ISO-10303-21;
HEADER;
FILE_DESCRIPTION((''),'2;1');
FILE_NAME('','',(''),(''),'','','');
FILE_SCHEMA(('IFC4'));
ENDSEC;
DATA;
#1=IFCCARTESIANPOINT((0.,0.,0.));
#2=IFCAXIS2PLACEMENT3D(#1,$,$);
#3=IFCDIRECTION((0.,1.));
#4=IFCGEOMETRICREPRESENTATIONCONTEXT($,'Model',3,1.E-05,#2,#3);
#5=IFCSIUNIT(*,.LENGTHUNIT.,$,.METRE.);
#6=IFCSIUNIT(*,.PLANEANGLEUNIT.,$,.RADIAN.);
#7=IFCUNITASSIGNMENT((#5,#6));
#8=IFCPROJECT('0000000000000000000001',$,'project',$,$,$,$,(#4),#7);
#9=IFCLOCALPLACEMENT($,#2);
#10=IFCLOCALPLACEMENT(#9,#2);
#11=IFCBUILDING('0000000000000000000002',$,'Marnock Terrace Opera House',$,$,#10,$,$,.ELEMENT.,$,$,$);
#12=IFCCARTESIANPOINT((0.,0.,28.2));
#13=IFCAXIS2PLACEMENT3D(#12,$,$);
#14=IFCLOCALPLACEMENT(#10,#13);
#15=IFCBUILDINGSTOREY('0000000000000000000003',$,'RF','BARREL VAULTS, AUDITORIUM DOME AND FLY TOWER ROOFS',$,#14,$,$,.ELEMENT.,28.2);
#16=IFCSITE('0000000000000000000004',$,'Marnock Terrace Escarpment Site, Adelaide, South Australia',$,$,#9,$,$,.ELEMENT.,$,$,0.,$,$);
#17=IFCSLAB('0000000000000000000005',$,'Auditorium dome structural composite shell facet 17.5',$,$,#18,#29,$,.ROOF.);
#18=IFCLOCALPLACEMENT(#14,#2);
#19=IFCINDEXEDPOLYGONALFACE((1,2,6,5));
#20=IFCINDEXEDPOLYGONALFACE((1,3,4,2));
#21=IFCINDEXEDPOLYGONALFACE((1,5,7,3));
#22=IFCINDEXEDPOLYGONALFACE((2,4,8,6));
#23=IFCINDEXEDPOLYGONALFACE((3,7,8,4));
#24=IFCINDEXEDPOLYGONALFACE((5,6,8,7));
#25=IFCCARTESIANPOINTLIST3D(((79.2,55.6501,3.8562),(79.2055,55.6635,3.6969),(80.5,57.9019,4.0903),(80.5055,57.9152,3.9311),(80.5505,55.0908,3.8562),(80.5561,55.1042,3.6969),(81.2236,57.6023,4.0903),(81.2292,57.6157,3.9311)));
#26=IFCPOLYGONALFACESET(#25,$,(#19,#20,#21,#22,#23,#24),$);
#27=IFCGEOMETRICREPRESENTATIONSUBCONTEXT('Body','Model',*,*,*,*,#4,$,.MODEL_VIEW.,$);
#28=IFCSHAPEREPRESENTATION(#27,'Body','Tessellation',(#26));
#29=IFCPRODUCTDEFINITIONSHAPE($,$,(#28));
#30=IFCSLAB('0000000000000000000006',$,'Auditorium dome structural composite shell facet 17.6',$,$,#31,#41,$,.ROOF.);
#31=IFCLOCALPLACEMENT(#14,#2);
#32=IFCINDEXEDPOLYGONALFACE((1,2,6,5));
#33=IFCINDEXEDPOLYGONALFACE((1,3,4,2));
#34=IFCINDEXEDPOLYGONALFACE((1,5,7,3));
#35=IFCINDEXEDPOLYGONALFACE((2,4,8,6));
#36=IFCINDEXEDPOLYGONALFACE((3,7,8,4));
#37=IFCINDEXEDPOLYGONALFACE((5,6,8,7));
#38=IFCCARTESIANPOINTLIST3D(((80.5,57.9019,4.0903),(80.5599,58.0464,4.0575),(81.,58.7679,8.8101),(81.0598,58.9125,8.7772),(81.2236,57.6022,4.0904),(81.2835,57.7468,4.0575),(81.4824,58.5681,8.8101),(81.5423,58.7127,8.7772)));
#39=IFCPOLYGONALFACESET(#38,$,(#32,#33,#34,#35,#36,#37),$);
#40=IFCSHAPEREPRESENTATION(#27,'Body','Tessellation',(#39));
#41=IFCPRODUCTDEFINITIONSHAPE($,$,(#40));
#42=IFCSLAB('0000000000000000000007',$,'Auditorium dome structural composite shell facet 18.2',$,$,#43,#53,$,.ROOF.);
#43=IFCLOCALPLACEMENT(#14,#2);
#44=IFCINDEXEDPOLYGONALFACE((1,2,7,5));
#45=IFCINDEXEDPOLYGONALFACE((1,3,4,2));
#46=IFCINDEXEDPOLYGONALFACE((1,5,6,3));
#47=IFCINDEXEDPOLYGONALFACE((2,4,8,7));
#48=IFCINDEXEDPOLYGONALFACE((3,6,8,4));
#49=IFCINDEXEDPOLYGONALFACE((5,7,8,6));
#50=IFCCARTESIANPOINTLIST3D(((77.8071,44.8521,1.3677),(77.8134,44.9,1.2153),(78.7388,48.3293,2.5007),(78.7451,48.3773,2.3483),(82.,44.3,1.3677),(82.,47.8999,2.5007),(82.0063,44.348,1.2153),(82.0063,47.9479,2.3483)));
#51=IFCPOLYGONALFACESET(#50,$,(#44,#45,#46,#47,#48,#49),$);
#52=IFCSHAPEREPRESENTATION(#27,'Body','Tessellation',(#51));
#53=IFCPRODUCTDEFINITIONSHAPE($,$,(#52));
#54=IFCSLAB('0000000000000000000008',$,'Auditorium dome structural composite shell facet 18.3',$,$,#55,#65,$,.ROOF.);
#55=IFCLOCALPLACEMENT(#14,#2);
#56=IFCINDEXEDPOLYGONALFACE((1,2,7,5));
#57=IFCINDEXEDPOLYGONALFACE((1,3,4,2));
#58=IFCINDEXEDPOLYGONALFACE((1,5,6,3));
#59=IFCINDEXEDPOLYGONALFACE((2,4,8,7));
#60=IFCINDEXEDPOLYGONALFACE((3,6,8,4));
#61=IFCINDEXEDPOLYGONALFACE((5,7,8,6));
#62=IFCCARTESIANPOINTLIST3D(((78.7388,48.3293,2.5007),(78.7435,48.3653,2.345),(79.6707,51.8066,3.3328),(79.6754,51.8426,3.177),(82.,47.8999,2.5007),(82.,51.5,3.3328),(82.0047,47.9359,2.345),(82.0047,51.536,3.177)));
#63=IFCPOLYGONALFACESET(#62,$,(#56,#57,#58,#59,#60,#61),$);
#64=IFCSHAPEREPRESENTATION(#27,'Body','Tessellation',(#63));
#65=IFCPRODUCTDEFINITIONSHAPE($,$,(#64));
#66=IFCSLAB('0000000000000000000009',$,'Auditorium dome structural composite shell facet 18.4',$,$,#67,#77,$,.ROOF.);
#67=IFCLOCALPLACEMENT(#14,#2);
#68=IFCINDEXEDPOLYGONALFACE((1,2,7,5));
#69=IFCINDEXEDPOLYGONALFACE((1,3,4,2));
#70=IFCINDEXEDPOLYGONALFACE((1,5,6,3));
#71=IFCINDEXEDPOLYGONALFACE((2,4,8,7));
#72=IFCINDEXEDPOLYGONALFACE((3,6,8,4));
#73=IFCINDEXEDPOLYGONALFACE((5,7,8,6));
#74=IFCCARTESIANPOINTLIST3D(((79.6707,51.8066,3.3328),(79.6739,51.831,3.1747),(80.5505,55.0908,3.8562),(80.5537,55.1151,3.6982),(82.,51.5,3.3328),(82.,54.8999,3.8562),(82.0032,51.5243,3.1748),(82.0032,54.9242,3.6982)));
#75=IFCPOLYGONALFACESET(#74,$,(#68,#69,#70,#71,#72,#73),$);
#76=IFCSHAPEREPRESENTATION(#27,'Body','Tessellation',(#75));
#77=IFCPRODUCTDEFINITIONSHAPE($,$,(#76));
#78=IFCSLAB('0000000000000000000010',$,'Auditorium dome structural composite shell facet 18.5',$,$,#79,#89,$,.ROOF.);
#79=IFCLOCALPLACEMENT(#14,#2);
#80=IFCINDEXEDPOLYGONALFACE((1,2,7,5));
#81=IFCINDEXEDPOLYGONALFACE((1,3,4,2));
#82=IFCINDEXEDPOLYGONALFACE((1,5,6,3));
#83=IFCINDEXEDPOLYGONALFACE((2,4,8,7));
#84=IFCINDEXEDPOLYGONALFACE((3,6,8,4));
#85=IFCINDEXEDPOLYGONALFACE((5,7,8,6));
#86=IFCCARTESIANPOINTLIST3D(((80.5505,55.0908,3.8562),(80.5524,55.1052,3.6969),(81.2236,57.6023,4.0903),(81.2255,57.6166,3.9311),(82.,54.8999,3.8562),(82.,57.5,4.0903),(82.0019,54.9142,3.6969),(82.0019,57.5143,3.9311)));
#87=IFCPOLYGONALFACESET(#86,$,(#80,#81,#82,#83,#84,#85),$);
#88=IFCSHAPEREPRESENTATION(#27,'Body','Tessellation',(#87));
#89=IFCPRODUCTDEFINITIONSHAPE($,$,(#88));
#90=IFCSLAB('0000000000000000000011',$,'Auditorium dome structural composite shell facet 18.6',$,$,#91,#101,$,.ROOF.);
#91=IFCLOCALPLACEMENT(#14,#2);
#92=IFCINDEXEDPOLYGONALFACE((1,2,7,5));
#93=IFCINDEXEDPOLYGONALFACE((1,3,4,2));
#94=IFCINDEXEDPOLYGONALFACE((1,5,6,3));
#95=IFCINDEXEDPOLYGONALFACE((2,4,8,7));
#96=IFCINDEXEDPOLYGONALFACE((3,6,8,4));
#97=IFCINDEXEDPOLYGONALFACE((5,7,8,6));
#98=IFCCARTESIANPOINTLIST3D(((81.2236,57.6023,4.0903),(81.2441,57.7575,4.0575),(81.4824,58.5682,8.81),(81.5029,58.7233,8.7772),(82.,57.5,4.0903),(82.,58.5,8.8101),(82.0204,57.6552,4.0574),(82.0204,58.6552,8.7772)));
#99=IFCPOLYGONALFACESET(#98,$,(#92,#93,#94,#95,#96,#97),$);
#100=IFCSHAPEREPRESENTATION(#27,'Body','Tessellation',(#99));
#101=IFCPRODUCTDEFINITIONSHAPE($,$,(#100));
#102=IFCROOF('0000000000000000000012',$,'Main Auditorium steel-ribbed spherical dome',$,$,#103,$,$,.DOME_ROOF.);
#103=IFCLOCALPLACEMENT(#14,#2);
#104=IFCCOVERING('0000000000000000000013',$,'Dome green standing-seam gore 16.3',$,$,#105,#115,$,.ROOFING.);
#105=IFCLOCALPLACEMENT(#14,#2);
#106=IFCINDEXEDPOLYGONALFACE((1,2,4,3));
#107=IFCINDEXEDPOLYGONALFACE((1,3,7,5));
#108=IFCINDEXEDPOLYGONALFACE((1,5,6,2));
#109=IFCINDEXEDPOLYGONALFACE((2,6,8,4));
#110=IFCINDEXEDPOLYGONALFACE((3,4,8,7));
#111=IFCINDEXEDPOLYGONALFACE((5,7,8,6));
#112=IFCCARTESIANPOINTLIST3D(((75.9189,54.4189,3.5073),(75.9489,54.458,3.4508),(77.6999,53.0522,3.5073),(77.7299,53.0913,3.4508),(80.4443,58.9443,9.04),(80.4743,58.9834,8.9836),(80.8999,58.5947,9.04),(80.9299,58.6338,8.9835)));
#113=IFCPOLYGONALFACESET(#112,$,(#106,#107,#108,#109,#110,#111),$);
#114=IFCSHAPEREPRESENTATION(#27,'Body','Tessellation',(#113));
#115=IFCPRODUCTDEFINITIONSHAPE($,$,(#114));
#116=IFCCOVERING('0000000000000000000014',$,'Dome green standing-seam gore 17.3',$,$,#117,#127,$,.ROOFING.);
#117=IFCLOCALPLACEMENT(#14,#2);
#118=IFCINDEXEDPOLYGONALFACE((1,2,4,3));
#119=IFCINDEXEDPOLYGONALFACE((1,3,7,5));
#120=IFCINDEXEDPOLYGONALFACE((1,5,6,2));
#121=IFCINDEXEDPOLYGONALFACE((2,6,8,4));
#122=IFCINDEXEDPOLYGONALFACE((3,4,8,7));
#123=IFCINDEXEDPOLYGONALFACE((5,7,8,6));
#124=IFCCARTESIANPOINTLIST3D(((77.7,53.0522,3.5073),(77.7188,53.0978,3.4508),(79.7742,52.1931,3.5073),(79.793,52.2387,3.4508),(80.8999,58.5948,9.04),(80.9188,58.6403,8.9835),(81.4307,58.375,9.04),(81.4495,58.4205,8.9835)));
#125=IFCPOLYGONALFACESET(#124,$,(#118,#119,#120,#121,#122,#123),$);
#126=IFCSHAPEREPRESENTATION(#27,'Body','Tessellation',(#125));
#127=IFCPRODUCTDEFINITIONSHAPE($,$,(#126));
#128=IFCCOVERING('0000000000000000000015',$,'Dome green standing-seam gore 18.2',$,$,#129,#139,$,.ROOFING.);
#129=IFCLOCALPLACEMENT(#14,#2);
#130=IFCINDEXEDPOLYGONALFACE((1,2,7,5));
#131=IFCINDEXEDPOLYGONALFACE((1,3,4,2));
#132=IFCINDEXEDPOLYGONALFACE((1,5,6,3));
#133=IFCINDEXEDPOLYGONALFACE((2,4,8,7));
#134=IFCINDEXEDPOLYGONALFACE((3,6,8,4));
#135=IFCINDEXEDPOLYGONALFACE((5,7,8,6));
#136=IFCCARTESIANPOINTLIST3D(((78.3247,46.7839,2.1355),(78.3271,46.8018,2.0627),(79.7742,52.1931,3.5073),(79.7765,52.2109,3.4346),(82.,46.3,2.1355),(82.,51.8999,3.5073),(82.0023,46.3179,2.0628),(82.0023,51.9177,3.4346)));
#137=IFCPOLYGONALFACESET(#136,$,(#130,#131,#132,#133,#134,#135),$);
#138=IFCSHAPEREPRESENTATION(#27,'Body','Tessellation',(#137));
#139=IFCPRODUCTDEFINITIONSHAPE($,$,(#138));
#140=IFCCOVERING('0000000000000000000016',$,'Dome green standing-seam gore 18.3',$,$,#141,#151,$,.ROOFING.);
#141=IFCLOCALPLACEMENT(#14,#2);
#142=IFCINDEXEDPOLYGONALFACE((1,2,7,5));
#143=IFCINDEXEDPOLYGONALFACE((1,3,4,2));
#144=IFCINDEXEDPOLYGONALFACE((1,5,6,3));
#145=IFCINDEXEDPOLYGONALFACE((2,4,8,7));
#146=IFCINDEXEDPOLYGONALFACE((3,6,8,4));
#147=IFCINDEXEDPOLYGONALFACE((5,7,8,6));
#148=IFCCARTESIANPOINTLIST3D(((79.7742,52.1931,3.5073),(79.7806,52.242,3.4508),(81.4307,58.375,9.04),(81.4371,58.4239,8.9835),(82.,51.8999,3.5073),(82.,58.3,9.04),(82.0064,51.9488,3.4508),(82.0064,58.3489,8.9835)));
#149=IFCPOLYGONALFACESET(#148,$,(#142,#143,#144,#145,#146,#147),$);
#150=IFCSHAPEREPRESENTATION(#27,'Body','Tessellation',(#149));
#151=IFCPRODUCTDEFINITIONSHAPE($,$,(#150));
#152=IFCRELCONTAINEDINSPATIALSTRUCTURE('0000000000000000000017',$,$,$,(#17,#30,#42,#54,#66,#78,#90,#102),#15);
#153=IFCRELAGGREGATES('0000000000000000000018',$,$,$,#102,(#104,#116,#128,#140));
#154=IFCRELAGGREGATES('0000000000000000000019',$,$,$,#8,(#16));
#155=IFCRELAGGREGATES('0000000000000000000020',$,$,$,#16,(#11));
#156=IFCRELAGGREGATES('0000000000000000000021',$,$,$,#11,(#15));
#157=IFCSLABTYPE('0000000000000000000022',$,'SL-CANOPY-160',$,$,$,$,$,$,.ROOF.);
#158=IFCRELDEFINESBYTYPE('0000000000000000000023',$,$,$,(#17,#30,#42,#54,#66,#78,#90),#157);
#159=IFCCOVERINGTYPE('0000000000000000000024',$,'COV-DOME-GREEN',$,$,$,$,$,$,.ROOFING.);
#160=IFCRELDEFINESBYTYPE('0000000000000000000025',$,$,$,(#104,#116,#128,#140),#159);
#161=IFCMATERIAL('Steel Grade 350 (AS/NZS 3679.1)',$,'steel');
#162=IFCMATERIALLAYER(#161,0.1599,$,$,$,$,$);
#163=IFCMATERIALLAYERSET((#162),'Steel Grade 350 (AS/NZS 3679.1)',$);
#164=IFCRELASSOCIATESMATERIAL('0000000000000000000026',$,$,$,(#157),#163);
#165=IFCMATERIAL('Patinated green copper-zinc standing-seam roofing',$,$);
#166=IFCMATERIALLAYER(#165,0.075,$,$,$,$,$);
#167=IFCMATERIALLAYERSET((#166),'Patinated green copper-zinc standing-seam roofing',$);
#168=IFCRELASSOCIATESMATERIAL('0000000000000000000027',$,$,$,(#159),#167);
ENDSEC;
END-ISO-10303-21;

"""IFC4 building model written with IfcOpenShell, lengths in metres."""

from ifc_helpers import new_model, si_unit, direction, frame, origin, place, context, subcontext, project, spatial, polyline, outline, extrude, material, layer, layer_set, type_object, element, aggregate, save


model = new_model("IFC4")

# Units and contexts
model_context = context("Model", 3, precision=1e-05, world=origin(), true_north=direction((0.0, 1.0)))
body_context = subcontext(model_context, "Body", "Model", "MODEL_VIEW")
ifc_project = project(units=[si_unit("LENGTHUNIT", "METRE"), si_unit("PLANEANGLEUNIT", "RADIAN")], contexts=[model_context])

# Site, building, storey
site_placement = place(None, origin())
site = spatial("IfcSite", under=ifc_project, at=site_placement, Name="Marnock Terrace Escarpment Site, Adelaide, South Australia", CompositionType="ELEMENT", RefElevation=0.0)
building_placement = place(site_placement, origin())
building = spatial("IfcBuilding", under=site, at=building_placement, Name="Marnock Terrace Opera House", CompositionType="ELEMENT")
storey_placement = place(building_placement, frame((0.0, 0.0, 28.2)))
storey = spatial("IfcBuildingStorey", under=building, at=storey_placement, Name="RF", Description="BARREL VAULTS, AUDITORIUM DOME AND FLY TOWER ROOFS", CompositionType="ELEMENT", Elevation=28.2)

# Slabs
ifc_material_1 = material(Name="Steel Grade 350 (AS/NZS 3679.1)", Category="steel")
ifc_layer_1 = layer(ifc_material_1, 0.1599)
ifc_layer_set_1 = layer_set([ifc_layer_1], Name="Steel Grade 350 (AS/NZS 3679.1)")
slab_type = type_object("IfcSlabType", Name="SL-CANOPY-160", PredefinedType="ROOF", material=ifc_layer_set_1)
slab_1_placement = place(storey_placement, frame((79.2, 55.6501, 3.8562), z_axis=(-0.034605, -0.083571, 0.995901), x_axis=(0.923905, -0.382622, -0.000005)))
element("IfcSlab", 1, at=slab_1_placement, inside=storey, type_object=slab_type, Name="Auditorium dome structural composite shell facet 17.5", PredefinedType="ROOF", context=body_context, shape_type="SweptSolid", body=[
    extrude(outline(polyline([(0.0, 0.0), (1.4618, 0.0), (1.1228, 2.5885), (0.3396, 2.5884), (0.0, 0.0)])), origin(), (0.0, 0.0, -1.0), 0.1599),
])
slab_2_placement = place(storey_placement, frame((80.5, 57.9019, 4.0903), z_axis=(-0.374476, -0.904159, 0.205583), x_axis=(0.923897, -0.382642, 0.000035)))
element("IfcSlab", 2, at=slab_2_placement, inside=storey, type_object=slab_type, Name="Auditorium dome structural composite shell facet 17.6", PredefinedType="ROOF", context=body_context, shape_type="SweptSolid", body=[
    extrude(outline(polyline([(0.0, 0.0), (0.7832, 0.0), (0.6529, 4.8227), (0.1307, 4.8228), (0.0, 0.0)])), origin(), (0.0, 0.0, -1.0), 0.1599),
])
slab_3_placement = place(storey_placement, frame((77.8071, 44.8521, 1.3677), z_axis=(-0.039498, -0.299992, 0.953124), x_axis=(0.991445, -0.130527, 0.000004)))
element("IfcSlab", 3, at=slab_3_placement, inside=storey, type_object=slab_type, Name="Auditorium dome structural composite shell facet 18.2", PredefinedType="ROOF", context=body_context, shape_type="SweptSolid", body=[
    extrude(outline(polyline([(0.0, 0.0), (4.2291, 0.0), (3.7592, 3.7446), (0.4698, 3.7447), (0.0, 0.0)])), origin(), (0.0, 0.0, -1.0), 0.1599),
])
slab_4_placement = place(storey_placement, frame((78.7388, 48.3293, 2.5007), z_axis=(-0.029635, -0.225082, 0.973889), x_axis=(0.991441, -0.130554, -0.000004)))
element("IfcSlab", 4, at=slab_4_placement, inside=storey, type_object=slab_type, Name="Auditorium dome structural composite shell facet 18.3", PredefinedType="ROOF", context=body_context, shape_type="SweptSolid", body=[
    extrude(outline(polyline([(0.0, 0.0), (3.2894, 0.0), (2.8194, 3.665), (0.4699, 3.6649), (0.0, 0.0)])), origin(), (0.0, 0.0, -1.0), 0.1599),
])
slab_5_placement = place(storey_placement, frame((79.6707, 51.8066, 3.3328), z_axis=(-0.020031, -0.15213, 0.988157), x_axis=(0.991446, -0.130517, 0.000004)))
element("IfcSlab", 5, at=slab_5_placement, inside=storey, type_object=slab_type, Name="Auditorium dome structural composite shell facet 18.4", PredefinedType="ROOF", context=body_context, shape_type="SweptSolid", body=[
    extrude(outline(polyline([(0.0, 0.0), (2.3494, 0.0), (1.9057, 3.4112), (0.4437, 3.4113), (0.0, 0.0)])), origin(), (0.0, 0.0, -1.0), 0.1599),
])
slab_6_placement = place(storey_placement, frame((80.5505, 55.0908, 3.8562), z_axis=(-0.011813, -0.089677, 0.995901), x_axis=(0.991437, -0.130589, 0.000001)))
element("IfcSlab", 6, at=slab_6_placement, inside=storey, type_object=slab_type, Name="Auditorium dome structural composite shell facet 18.5", PredefinedType="ROOF", context=body_context, shape_type="SweptSolid", body=[
    extrude(outline(polyline([(0.0, 0.0), (1.462, 0.0), (1.1224, 2.5884), (0.3394, 2.5885), (0.0, 0.0)])), origin(), (0.0, 0.0, -1.0), 0.1599),
])
slab_7_placement = place(storey_placement, frame((81.2236, 57.6023, 4.0903), z_axis=(-0.127782, -0.970265, 0.205566), x_axis=(0.991439, -0.130573, -0.000012)))
element("IfcSlab", 7, at=slab_7_placement, inside=storey, type_object=slab_type, Name="Auditorium dome structural composite shell facet 18.6", PredefinedType="ROOF", context=body_context, shape_type="SweptSolid", body=[
    extrude(outline(polyline([(0.0, 0.0), (0.7831, 0.0), (0.6524, 4.8227), (0.1304, 4.8227), (0.0, 0.0)])), origin(), (0.0, 0.0, -1.0), 0.1599),
])

# Roof, coverings
roof_placement = place(storey_placement, origin())
roof = element("IfcRoof", 8, at=roof_placement, inside=storey, Name="Main Auditorium steel-ribbed spherical dome", PredefinedType="DOME_ROOF")
ifc_material_2 = material(Name="Patinated green copper-zinc standing-seam roofing")
ifc_layer_2 = layer(ifc_material_2, 0.075)
ifc_layer_set_2 = layer_set([ifc_layer_2], Name="Patinated green copper-zinc standing-seam roofing")
covering_type = type_object("IfcCoveringType", Name="COV-DOME-GREEN", PredefinedType="ROOFING", material=ifc_layer_set_2)
covering_1_placement = place(storey_placement, frame((75.9189, 54.4189, 3.5073), z_axis=(-0.400101, -0.521383, 0.75371), x_axis=(0.793334, -0.608787, 0.000003)))
covering_1 = element("IfcCovering", 9, at=covering_1_placement, type_object=covering_type, Name="Dome green standing-seam gore 16.3", PredefinedType="ROOFING", context=body_context, shape_type="SweptSolid", body=[
    extrude(outline(polyline([(0.0, 0.0), (2.245, 0.0), (1.4094, 8.4185), (0.8352, 8.4185), (0.0, 0.0)])), origin(), (0.0, 0.0, -1.0), 0.075),
])
covering_2_placement = place(storey_placement, frame((77.7, 53.0522, 3.5073), z_axis=(-0.251469, -0.60719, 0.753713), x_axis=(0.923892, -0.382654, -0.000018)))
covering_2 = element("IfcCovering", 10, at=covering_2_placement, type_object=covering_type, Name="Dome green standing-seam gore 17.3", PredefinedType="ROOFING", context=body_context, shape_type="SweptSolid", body=[
    extrude(outline(polyline([(0.0, 0.0), (2.2451, 0.0), (1.4099, 8.4186), (0.8355, 8.4185), (0.0, 0.0)])), origin(), (0.0, 0.0, -1.0), 0.075),
])
covering_3_placement = place(storey_placement, frame((78.3247, 46.7839, 2.1355), z_axis=(-0.031318, -0.237819, 0.970804), x_axis=(0.991444, -0.130534, 0.000006)))
covering_3 = element("IfcCovering", 11, at=covering_3_placement, type_object=covering_type, Name="Dome green standing-seam gore 18.2", PredefinedType="ROOFING", context=body_context, shape_type="SweptSolid", body=[
    extrude(outline(polyline([(0.0, 0.0), (3.707, 0.0), (2.976, 5.7189), (0.731, 5.7191), (0.0, 0.0)])), origin(), (0.0, 0.0, -1.0), 0.075),
])
covering_4_placement = place(storey_placement, frame((79.7742, 52.1931, 3.5073), z_axis=(-0.085821, -0.651569, 0.753719), x_axis=(0.991436, -0.130596, -0.000008)))
covering_4 = element("IfcCovering", 12, at=covering_4_placement, type_object=covering_type, Name="Dome green standing-seam gore 18.3", PredefinedType="ROOFING", context=body_context, shape_type="SweptSolid", body=[
    extrude(outline(polyline([(0.0, 0.0), (2.2451, 0.0), (1.4092, 8.4187), (0.8349, 8.4186), (0.0, 0.0)])), origin(), (0.0, 0.0, -1.0), 0.075),
])
aggregate(roof, [covering_1, covering_2, covering_3, covering_4])

save(model, "model.ifc")
